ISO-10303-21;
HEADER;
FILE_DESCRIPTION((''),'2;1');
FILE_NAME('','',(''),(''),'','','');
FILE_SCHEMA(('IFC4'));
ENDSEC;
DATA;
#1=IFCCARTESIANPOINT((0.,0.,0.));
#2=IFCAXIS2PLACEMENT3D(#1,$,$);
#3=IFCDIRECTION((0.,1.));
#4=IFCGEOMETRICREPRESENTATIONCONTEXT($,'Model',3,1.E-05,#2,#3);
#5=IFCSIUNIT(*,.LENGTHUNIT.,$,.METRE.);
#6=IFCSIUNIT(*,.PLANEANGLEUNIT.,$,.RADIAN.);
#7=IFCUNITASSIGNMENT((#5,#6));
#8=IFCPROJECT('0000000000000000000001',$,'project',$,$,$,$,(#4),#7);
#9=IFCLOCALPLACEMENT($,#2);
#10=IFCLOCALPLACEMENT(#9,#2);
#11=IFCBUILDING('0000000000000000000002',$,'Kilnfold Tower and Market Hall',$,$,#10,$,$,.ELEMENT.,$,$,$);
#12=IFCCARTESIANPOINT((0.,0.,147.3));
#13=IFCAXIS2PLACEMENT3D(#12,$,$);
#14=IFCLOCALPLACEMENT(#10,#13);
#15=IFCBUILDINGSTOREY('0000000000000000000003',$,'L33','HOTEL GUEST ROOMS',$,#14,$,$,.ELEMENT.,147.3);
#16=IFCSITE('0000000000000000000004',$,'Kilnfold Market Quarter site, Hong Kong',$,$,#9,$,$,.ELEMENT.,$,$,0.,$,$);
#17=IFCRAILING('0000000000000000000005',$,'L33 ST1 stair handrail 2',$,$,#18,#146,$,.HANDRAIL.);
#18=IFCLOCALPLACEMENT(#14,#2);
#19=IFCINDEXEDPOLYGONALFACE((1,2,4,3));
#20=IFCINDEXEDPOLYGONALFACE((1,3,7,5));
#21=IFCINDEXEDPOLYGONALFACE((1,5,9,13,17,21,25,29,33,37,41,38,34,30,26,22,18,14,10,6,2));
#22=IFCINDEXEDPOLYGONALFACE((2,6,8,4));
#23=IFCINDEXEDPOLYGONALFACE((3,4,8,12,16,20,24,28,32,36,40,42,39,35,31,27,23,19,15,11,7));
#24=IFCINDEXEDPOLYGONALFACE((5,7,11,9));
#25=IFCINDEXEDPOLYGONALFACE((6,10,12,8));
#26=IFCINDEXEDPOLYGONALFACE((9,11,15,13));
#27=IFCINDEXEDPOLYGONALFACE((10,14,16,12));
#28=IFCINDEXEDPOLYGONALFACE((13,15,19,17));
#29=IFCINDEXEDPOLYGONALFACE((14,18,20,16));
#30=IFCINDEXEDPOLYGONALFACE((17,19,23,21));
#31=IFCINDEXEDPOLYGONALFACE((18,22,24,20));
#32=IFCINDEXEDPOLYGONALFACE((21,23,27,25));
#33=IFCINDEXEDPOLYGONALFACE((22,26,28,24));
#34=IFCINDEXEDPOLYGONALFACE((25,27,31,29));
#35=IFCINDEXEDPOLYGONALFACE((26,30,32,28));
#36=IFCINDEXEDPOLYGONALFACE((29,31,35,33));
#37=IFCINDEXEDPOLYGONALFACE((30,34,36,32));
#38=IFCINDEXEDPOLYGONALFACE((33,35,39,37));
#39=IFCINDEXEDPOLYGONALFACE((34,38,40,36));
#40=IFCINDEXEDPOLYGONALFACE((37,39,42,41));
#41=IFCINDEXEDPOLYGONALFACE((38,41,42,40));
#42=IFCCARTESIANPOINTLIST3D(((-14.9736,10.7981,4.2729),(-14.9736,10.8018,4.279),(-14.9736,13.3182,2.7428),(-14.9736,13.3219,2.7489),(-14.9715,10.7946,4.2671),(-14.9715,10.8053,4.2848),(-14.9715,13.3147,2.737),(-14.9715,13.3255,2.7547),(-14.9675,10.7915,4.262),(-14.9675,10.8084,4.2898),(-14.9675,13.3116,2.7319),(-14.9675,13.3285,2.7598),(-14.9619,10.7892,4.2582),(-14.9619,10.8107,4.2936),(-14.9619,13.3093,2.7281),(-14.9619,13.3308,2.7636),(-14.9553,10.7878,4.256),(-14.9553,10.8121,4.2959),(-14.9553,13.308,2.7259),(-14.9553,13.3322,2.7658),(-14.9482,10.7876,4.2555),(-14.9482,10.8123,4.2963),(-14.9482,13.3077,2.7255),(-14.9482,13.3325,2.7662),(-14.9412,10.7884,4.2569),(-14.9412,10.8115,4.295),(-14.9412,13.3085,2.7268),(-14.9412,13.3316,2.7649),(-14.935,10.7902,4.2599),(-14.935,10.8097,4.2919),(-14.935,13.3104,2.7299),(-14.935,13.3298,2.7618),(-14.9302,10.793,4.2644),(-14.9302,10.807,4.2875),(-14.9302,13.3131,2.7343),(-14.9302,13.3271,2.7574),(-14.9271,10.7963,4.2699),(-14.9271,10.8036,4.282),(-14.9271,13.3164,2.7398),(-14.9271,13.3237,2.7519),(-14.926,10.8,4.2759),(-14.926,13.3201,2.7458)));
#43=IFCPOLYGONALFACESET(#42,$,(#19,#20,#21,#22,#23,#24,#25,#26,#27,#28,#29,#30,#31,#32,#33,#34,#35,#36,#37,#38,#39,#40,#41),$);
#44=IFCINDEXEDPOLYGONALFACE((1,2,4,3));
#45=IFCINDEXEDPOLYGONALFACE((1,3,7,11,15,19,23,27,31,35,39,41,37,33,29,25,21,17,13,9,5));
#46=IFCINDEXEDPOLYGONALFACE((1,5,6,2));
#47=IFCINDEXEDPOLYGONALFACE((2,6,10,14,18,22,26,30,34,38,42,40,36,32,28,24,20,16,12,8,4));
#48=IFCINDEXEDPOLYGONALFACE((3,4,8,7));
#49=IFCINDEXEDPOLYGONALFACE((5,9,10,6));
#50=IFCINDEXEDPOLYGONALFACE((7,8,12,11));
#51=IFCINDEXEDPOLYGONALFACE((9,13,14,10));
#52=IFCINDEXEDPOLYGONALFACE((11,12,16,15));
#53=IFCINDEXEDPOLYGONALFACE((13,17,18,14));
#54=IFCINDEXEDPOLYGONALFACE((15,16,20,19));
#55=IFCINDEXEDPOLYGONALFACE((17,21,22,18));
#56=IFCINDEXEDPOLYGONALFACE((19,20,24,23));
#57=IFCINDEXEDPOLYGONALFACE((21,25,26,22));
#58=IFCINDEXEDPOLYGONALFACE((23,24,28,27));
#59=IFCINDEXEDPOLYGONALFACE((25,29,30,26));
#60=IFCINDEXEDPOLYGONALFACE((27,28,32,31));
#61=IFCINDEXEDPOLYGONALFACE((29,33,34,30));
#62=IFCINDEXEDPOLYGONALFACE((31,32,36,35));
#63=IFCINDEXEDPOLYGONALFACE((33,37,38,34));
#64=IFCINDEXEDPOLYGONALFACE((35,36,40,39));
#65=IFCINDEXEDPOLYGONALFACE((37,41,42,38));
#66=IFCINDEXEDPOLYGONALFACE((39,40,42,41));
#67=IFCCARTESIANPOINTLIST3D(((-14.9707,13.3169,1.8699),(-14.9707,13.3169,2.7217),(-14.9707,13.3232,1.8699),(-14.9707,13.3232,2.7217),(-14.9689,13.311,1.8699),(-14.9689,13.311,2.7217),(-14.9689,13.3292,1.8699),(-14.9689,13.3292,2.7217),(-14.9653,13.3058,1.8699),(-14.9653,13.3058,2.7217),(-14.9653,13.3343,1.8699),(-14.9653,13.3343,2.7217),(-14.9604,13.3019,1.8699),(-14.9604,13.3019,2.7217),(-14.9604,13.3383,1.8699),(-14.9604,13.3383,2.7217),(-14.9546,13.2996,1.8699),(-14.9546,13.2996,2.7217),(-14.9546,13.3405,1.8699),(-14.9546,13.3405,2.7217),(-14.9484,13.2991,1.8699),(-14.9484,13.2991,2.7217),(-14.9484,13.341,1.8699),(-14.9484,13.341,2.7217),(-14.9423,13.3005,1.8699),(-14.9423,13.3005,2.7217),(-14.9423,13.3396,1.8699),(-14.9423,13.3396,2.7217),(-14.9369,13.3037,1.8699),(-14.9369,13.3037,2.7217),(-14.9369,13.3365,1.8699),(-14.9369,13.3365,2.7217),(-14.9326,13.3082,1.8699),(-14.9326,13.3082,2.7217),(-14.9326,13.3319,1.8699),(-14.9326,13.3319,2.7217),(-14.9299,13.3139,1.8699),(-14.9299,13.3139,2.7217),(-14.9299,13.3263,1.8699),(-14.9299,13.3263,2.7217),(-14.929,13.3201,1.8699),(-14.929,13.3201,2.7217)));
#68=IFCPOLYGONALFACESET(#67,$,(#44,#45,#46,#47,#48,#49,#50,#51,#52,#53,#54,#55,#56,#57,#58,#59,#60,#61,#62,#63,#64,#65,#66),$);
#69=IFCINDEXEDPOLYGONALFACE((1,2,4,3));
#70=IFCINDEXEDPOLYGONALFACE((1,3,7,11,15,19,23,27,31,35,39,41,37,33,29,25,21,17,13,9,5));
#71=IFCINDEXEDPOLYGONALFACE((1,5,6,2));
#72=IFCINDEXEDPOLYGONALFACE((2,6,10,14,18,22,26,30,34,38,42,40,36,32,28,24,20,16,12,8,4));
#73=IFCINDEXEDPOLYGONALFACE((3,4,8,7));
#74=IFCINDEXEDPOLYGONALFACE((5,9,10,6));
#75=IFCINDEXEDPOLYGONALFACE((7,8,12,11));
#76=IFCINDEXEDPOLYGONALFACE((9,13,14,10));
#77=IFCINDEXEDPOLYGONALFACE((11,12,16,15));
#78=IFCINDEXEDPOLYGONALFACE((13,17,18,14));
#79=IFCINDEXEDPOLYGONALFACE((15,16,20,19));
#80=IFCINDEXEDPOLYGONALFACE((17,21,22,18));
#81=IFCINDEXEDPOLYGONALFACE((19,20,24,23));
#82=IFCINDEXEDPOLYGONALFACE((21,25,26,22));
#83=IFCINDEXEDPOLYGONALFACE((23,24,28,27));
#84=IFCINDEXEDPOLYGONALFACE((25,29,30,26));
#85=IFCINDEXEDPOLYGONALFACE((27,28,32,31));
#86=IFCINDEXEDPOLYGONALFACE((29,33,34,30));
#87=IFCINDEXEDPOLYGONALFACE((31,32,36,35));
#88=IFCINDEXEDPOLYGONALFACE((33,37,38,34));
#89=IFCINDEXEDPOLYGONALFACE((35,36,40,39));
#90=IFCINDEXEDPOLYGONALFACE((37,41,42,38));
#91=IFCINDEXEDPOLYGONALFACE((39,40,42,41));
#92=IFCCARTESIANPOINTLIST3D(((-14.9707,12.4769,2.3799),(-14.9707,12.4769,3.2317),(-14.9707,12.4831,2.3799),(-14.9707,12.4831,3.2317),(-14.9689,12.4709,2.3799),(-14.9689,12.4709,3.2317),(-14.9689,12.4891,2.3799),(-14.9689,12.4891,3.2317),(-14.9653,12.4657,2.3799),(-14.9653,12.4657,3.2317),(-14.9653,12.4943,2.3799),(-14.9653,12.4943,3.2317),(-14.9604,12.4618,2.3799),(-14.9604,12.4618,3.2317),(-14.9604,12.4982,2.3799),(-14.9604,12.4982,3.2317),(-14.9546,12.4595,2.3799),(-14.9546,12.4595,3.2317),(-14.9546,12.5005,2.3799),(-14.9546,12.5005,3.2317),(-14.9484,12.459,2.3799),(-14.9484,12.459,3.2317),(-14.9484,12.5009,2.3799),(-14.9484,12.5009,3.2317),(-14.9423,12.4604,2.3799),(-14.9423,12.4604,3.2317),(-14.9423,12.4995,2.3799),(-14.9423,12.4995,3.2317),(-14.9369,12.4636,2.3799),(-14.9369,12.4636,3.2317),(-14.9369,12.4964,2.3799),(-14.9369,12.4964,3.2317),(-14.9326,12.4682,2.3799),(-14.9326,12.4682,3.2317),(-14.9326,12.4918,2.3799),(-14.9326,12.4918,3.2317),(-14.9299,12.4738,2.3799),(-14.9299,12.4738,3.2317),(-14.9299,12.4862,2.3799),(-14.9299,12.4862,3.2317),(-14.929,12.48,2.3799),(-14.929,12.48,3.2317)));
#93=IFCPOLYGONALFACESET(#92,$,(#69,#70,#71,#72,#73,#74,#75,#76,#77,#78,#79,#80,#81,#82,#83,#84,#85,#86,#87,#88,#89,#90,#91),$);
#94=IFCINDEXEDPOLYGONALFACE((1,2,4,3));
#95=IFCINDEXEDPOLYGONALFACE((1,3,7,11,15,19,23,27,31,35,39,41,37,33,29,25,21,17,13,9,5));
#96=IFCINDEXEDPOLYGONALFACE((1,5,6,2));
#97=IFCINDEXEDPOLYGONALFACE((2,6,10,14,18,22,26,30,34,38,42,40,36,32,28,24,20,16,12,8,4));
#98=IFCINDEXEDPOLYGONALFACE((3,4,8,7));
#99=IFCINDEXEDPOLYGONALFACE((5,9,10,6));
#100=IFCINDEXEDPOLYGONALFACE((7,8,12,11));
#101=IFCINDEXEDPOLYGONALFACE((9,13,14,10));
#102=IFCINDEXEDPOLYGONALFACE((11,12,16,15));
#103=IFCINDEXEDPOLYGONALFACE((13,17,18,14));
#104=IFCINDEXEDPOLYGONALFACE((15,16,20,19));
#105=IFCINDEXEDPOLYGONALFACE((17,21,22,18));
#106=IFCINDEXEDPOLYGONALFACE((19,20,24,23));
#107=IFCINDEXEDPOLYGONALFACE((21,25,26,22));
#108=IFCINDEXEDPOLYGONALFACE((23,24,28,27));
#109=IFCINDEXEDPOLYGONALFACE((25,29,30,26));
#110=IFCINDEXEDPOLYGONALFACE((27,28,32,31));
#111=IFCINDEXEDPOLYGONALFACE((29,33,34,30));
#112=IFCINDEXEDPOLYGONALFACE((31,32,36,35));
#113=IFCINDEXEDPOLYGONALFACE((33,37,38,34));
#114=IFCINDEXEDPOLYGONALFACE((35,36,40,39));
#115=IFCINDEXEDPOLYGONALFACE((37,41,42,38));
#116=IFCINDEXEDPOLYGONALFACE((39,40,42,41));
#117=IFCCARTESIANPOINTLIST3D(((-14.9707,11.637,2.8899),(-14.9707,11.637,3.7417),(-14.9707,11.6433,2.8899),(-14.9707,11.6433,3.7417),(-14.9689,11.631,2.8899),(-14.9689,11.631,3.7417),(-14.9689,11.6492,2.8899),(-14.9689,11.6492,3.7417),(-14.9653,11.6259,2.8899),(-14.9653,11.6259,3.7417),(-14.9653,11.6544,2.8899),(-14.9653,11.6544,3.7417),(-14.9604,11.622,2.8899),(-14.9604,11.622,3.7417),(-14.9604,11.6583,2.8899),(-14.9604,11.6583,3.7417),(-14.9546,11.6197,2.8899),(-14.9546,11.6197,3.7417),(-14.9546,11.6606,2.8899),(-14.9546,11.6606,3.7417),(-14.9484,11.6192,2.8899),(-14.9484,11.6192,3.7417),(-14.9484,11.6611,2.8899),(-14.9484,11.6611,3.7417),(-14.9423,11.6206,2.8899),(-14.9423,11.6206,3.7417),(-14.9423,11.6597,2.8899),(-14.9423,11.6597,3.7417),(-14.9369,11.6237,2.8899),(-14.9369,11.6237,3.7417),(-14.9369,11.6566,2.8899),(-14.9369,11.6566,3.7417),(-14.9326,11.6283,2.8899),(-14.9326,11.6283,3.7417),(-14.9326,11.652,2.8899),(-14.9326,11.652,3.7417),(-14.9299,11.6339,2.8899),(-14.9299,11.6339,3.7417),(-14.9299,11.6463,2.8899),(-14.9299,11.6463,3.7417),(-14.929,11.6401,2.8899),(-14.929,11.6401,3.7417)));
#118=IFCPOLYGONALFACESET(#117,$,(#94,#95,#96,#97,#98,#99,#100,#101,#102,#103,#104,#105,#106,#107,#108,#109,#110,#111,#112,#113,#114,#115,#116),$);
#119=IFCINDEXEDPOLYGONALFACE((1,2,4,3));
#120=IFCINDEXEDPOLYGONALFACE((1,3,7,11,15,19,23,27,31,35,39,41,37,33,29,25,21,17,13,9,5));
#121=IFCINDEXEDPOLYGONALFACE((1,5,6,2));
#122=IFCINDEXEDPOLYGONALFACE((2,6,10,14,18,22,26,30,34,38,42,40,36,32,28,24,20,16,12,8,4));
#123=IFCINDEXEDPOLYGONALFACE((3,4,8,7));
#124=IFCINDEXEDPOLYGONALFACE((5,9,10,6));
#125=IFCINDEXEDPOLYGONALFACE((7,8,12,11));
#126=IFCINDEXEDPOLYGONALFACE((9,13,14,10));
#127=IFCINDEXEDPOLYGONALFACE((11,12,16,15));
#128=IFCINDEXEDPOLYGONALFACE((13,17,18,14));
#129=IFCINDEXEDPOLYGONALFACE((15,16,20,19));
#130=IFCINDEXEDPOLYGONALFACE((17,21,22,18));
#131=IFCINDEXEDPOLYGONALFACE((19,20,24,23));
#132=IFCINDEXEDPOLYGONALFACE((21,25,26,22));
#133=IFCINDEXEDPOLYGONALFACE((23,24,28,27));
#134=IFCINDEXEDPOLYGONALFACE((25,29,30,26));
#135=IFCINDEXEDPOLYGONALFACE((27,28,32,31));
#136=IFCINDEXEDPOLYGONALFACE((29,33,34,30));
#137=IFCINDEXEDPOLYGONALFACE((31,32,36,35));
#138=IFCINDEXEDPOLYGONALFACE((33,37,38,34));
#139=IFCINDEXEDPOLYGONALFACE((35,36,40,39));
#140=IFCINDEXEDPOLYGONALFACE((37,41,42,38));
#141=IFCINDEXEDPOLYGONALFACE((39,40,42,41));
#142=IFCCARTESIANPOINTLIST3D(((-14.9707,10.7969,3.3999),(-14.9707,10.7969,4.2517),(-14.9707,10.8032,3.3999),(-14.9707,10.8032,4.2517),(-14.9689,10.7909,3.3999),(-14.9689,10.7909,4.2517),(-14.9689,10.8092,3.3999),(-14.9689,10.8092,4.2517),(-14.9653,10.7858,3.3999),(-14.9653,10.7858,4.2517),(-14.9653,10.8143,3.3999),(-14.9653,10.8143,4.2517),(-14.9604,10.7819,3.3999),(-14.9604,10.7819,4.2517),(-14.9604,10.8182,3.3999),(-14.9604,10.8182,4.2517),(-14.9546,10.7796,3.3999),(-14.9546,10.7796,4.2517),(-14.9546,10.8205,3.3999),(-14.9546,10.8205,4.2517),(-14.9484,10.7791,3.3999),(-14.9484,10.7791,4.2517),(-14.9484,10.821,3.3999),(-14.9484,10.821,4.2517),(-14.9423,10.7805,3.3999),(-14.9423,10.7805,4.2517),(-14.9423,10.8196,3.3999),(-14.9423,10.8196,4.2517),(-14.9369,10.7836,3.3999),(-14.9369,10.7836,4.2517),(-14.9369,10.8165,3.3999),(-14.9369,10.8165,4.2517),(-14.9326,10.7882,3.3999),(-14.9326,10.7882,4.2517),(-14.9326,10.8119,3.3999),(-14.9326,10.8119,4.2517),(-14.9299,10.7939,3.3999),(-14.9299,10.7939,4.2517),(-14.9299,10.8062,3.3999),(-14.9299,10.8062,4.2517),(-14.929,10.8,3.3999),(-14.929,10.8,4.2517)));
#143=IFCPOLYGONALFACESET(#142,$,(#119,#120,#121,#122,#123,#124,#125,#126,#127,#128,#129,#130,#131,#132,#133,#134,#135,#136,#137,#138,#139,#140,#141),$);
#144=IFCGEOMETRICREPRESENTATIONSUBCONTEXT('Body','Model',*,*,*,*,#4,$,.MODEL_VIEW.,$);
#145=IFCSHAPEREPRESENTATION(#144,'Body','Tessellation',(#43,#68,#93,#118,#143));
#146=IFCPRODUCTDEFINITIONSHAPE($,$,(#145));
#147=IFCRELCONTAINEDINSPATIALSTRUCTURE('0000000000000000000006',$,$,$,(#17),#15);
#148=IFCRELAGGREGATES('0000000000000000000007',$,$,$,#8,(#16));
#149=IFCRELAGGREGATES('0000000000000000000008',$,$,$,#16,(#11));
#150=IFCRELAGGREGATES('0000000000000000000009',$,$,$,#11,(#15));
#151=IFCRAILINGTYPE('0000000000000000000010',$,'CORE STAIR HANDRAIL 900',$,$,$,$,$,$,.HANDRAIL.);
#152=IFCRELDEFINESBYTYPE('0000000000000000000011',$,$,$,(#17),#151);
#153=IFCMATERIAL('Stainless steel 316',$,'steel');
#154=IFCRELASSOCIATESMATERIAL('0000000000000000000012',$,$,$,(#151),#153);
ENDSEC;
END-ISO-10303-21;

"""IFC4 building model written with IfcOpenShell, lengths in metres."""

from ifc_helpers import new_model, si_unit, direction, frame, origin, origin_2d, place, context, subcontext, project, spatial, circle, extrude, material, type_object, element, save


model = new_model("IFC4")

# Units and contexts
model_context = context("Model", 3, precision=1e-05, world=origin(), true_north=direction((0.0, 1.0)))
body_context = subcontext(model_context, "Body", "Model", "MODEL_VIEW")
ifc_project = project(units=[si_unit("LENGTHUNIT", "METRE"), si_unit("PLANEANGLEUNIT", "RADIAN")], contexts=[model_context])

# Site, building, storey
site_placement = place(None, origin())
site = spatial("IfcSite", under=ifc_project, at=site_placement, Name="Kilnfold Market Quarter site, Hong Kong", CompositionType="ELEMENT", RefElevation=0.0)
building_placement = place(site_placement, origin())
building = spatial("IfcBuilding", under=site, at=building_placement, Name="Kilnfold Tower and Market Hall", CompositionType="ELEMENT")
storey_placement = place(building_placement, frame((0.0, 0.0, 147.3)))
storey = spatial("IfcBuildingStorey", under=building, at=storey_placement, Name="L33", Description="HOTEL GUEST ROOMS", CompositionType="ELEMENT", Elevation=147.3)

# Railing
ifc_material_1 = material(Name="Stainless steel 316", Category="steel")
railing_type_1 = type_object("IfcRailingType", Name="CORE STAIR HANDRAIL 900", PredefinedType="HANDRAIL", material=ifc_material_1)
railing_1_placement = place(storey_placement, frame((-14.95, 13.3201, 1.8699)))
element("IfcRailing", 1, at=railing_1_placement, inside=storey, type_object=railing_type_1, Name="L33 ST1 stair handrail 2", PredefinedType="HANDRAIL", context=body_context, shape_type="SweptSolid", body=[
    extrude(circle(Radius=0.0239, at=origin_2d()), frame((0.0, 0.0, 0.876), z_axis=(0.0, -0.854785, 0.518982), x_axis=(1.0, 0.0, 0.0)), (0.0, 0.0, 1.0), 2.9482),
    extrude(circle(Radius=0.021, at=origin_2d()), origin(), (0.0, 0.0, 1.0), 0.8518),
    extrude(circle(Radius=0.021, at=origin_2d()), frame((0.0, -0.8401, 0.51)), (0.0, 0.0, 1.0), 0.8518),
    extrude(circle(Radius=0.021, at=origin_2d()), frame((0.0, -1.6799, 1.02)), (0.0, 0.0, 1.0), 0.8518),
    extrude(circle(Radius=0.021, at=origin_2d()), frame((0.0, -2.52, 1.53)), (0.0, 0.0, 1.0), 0.8518),
])

save(model, "model.ifc")
